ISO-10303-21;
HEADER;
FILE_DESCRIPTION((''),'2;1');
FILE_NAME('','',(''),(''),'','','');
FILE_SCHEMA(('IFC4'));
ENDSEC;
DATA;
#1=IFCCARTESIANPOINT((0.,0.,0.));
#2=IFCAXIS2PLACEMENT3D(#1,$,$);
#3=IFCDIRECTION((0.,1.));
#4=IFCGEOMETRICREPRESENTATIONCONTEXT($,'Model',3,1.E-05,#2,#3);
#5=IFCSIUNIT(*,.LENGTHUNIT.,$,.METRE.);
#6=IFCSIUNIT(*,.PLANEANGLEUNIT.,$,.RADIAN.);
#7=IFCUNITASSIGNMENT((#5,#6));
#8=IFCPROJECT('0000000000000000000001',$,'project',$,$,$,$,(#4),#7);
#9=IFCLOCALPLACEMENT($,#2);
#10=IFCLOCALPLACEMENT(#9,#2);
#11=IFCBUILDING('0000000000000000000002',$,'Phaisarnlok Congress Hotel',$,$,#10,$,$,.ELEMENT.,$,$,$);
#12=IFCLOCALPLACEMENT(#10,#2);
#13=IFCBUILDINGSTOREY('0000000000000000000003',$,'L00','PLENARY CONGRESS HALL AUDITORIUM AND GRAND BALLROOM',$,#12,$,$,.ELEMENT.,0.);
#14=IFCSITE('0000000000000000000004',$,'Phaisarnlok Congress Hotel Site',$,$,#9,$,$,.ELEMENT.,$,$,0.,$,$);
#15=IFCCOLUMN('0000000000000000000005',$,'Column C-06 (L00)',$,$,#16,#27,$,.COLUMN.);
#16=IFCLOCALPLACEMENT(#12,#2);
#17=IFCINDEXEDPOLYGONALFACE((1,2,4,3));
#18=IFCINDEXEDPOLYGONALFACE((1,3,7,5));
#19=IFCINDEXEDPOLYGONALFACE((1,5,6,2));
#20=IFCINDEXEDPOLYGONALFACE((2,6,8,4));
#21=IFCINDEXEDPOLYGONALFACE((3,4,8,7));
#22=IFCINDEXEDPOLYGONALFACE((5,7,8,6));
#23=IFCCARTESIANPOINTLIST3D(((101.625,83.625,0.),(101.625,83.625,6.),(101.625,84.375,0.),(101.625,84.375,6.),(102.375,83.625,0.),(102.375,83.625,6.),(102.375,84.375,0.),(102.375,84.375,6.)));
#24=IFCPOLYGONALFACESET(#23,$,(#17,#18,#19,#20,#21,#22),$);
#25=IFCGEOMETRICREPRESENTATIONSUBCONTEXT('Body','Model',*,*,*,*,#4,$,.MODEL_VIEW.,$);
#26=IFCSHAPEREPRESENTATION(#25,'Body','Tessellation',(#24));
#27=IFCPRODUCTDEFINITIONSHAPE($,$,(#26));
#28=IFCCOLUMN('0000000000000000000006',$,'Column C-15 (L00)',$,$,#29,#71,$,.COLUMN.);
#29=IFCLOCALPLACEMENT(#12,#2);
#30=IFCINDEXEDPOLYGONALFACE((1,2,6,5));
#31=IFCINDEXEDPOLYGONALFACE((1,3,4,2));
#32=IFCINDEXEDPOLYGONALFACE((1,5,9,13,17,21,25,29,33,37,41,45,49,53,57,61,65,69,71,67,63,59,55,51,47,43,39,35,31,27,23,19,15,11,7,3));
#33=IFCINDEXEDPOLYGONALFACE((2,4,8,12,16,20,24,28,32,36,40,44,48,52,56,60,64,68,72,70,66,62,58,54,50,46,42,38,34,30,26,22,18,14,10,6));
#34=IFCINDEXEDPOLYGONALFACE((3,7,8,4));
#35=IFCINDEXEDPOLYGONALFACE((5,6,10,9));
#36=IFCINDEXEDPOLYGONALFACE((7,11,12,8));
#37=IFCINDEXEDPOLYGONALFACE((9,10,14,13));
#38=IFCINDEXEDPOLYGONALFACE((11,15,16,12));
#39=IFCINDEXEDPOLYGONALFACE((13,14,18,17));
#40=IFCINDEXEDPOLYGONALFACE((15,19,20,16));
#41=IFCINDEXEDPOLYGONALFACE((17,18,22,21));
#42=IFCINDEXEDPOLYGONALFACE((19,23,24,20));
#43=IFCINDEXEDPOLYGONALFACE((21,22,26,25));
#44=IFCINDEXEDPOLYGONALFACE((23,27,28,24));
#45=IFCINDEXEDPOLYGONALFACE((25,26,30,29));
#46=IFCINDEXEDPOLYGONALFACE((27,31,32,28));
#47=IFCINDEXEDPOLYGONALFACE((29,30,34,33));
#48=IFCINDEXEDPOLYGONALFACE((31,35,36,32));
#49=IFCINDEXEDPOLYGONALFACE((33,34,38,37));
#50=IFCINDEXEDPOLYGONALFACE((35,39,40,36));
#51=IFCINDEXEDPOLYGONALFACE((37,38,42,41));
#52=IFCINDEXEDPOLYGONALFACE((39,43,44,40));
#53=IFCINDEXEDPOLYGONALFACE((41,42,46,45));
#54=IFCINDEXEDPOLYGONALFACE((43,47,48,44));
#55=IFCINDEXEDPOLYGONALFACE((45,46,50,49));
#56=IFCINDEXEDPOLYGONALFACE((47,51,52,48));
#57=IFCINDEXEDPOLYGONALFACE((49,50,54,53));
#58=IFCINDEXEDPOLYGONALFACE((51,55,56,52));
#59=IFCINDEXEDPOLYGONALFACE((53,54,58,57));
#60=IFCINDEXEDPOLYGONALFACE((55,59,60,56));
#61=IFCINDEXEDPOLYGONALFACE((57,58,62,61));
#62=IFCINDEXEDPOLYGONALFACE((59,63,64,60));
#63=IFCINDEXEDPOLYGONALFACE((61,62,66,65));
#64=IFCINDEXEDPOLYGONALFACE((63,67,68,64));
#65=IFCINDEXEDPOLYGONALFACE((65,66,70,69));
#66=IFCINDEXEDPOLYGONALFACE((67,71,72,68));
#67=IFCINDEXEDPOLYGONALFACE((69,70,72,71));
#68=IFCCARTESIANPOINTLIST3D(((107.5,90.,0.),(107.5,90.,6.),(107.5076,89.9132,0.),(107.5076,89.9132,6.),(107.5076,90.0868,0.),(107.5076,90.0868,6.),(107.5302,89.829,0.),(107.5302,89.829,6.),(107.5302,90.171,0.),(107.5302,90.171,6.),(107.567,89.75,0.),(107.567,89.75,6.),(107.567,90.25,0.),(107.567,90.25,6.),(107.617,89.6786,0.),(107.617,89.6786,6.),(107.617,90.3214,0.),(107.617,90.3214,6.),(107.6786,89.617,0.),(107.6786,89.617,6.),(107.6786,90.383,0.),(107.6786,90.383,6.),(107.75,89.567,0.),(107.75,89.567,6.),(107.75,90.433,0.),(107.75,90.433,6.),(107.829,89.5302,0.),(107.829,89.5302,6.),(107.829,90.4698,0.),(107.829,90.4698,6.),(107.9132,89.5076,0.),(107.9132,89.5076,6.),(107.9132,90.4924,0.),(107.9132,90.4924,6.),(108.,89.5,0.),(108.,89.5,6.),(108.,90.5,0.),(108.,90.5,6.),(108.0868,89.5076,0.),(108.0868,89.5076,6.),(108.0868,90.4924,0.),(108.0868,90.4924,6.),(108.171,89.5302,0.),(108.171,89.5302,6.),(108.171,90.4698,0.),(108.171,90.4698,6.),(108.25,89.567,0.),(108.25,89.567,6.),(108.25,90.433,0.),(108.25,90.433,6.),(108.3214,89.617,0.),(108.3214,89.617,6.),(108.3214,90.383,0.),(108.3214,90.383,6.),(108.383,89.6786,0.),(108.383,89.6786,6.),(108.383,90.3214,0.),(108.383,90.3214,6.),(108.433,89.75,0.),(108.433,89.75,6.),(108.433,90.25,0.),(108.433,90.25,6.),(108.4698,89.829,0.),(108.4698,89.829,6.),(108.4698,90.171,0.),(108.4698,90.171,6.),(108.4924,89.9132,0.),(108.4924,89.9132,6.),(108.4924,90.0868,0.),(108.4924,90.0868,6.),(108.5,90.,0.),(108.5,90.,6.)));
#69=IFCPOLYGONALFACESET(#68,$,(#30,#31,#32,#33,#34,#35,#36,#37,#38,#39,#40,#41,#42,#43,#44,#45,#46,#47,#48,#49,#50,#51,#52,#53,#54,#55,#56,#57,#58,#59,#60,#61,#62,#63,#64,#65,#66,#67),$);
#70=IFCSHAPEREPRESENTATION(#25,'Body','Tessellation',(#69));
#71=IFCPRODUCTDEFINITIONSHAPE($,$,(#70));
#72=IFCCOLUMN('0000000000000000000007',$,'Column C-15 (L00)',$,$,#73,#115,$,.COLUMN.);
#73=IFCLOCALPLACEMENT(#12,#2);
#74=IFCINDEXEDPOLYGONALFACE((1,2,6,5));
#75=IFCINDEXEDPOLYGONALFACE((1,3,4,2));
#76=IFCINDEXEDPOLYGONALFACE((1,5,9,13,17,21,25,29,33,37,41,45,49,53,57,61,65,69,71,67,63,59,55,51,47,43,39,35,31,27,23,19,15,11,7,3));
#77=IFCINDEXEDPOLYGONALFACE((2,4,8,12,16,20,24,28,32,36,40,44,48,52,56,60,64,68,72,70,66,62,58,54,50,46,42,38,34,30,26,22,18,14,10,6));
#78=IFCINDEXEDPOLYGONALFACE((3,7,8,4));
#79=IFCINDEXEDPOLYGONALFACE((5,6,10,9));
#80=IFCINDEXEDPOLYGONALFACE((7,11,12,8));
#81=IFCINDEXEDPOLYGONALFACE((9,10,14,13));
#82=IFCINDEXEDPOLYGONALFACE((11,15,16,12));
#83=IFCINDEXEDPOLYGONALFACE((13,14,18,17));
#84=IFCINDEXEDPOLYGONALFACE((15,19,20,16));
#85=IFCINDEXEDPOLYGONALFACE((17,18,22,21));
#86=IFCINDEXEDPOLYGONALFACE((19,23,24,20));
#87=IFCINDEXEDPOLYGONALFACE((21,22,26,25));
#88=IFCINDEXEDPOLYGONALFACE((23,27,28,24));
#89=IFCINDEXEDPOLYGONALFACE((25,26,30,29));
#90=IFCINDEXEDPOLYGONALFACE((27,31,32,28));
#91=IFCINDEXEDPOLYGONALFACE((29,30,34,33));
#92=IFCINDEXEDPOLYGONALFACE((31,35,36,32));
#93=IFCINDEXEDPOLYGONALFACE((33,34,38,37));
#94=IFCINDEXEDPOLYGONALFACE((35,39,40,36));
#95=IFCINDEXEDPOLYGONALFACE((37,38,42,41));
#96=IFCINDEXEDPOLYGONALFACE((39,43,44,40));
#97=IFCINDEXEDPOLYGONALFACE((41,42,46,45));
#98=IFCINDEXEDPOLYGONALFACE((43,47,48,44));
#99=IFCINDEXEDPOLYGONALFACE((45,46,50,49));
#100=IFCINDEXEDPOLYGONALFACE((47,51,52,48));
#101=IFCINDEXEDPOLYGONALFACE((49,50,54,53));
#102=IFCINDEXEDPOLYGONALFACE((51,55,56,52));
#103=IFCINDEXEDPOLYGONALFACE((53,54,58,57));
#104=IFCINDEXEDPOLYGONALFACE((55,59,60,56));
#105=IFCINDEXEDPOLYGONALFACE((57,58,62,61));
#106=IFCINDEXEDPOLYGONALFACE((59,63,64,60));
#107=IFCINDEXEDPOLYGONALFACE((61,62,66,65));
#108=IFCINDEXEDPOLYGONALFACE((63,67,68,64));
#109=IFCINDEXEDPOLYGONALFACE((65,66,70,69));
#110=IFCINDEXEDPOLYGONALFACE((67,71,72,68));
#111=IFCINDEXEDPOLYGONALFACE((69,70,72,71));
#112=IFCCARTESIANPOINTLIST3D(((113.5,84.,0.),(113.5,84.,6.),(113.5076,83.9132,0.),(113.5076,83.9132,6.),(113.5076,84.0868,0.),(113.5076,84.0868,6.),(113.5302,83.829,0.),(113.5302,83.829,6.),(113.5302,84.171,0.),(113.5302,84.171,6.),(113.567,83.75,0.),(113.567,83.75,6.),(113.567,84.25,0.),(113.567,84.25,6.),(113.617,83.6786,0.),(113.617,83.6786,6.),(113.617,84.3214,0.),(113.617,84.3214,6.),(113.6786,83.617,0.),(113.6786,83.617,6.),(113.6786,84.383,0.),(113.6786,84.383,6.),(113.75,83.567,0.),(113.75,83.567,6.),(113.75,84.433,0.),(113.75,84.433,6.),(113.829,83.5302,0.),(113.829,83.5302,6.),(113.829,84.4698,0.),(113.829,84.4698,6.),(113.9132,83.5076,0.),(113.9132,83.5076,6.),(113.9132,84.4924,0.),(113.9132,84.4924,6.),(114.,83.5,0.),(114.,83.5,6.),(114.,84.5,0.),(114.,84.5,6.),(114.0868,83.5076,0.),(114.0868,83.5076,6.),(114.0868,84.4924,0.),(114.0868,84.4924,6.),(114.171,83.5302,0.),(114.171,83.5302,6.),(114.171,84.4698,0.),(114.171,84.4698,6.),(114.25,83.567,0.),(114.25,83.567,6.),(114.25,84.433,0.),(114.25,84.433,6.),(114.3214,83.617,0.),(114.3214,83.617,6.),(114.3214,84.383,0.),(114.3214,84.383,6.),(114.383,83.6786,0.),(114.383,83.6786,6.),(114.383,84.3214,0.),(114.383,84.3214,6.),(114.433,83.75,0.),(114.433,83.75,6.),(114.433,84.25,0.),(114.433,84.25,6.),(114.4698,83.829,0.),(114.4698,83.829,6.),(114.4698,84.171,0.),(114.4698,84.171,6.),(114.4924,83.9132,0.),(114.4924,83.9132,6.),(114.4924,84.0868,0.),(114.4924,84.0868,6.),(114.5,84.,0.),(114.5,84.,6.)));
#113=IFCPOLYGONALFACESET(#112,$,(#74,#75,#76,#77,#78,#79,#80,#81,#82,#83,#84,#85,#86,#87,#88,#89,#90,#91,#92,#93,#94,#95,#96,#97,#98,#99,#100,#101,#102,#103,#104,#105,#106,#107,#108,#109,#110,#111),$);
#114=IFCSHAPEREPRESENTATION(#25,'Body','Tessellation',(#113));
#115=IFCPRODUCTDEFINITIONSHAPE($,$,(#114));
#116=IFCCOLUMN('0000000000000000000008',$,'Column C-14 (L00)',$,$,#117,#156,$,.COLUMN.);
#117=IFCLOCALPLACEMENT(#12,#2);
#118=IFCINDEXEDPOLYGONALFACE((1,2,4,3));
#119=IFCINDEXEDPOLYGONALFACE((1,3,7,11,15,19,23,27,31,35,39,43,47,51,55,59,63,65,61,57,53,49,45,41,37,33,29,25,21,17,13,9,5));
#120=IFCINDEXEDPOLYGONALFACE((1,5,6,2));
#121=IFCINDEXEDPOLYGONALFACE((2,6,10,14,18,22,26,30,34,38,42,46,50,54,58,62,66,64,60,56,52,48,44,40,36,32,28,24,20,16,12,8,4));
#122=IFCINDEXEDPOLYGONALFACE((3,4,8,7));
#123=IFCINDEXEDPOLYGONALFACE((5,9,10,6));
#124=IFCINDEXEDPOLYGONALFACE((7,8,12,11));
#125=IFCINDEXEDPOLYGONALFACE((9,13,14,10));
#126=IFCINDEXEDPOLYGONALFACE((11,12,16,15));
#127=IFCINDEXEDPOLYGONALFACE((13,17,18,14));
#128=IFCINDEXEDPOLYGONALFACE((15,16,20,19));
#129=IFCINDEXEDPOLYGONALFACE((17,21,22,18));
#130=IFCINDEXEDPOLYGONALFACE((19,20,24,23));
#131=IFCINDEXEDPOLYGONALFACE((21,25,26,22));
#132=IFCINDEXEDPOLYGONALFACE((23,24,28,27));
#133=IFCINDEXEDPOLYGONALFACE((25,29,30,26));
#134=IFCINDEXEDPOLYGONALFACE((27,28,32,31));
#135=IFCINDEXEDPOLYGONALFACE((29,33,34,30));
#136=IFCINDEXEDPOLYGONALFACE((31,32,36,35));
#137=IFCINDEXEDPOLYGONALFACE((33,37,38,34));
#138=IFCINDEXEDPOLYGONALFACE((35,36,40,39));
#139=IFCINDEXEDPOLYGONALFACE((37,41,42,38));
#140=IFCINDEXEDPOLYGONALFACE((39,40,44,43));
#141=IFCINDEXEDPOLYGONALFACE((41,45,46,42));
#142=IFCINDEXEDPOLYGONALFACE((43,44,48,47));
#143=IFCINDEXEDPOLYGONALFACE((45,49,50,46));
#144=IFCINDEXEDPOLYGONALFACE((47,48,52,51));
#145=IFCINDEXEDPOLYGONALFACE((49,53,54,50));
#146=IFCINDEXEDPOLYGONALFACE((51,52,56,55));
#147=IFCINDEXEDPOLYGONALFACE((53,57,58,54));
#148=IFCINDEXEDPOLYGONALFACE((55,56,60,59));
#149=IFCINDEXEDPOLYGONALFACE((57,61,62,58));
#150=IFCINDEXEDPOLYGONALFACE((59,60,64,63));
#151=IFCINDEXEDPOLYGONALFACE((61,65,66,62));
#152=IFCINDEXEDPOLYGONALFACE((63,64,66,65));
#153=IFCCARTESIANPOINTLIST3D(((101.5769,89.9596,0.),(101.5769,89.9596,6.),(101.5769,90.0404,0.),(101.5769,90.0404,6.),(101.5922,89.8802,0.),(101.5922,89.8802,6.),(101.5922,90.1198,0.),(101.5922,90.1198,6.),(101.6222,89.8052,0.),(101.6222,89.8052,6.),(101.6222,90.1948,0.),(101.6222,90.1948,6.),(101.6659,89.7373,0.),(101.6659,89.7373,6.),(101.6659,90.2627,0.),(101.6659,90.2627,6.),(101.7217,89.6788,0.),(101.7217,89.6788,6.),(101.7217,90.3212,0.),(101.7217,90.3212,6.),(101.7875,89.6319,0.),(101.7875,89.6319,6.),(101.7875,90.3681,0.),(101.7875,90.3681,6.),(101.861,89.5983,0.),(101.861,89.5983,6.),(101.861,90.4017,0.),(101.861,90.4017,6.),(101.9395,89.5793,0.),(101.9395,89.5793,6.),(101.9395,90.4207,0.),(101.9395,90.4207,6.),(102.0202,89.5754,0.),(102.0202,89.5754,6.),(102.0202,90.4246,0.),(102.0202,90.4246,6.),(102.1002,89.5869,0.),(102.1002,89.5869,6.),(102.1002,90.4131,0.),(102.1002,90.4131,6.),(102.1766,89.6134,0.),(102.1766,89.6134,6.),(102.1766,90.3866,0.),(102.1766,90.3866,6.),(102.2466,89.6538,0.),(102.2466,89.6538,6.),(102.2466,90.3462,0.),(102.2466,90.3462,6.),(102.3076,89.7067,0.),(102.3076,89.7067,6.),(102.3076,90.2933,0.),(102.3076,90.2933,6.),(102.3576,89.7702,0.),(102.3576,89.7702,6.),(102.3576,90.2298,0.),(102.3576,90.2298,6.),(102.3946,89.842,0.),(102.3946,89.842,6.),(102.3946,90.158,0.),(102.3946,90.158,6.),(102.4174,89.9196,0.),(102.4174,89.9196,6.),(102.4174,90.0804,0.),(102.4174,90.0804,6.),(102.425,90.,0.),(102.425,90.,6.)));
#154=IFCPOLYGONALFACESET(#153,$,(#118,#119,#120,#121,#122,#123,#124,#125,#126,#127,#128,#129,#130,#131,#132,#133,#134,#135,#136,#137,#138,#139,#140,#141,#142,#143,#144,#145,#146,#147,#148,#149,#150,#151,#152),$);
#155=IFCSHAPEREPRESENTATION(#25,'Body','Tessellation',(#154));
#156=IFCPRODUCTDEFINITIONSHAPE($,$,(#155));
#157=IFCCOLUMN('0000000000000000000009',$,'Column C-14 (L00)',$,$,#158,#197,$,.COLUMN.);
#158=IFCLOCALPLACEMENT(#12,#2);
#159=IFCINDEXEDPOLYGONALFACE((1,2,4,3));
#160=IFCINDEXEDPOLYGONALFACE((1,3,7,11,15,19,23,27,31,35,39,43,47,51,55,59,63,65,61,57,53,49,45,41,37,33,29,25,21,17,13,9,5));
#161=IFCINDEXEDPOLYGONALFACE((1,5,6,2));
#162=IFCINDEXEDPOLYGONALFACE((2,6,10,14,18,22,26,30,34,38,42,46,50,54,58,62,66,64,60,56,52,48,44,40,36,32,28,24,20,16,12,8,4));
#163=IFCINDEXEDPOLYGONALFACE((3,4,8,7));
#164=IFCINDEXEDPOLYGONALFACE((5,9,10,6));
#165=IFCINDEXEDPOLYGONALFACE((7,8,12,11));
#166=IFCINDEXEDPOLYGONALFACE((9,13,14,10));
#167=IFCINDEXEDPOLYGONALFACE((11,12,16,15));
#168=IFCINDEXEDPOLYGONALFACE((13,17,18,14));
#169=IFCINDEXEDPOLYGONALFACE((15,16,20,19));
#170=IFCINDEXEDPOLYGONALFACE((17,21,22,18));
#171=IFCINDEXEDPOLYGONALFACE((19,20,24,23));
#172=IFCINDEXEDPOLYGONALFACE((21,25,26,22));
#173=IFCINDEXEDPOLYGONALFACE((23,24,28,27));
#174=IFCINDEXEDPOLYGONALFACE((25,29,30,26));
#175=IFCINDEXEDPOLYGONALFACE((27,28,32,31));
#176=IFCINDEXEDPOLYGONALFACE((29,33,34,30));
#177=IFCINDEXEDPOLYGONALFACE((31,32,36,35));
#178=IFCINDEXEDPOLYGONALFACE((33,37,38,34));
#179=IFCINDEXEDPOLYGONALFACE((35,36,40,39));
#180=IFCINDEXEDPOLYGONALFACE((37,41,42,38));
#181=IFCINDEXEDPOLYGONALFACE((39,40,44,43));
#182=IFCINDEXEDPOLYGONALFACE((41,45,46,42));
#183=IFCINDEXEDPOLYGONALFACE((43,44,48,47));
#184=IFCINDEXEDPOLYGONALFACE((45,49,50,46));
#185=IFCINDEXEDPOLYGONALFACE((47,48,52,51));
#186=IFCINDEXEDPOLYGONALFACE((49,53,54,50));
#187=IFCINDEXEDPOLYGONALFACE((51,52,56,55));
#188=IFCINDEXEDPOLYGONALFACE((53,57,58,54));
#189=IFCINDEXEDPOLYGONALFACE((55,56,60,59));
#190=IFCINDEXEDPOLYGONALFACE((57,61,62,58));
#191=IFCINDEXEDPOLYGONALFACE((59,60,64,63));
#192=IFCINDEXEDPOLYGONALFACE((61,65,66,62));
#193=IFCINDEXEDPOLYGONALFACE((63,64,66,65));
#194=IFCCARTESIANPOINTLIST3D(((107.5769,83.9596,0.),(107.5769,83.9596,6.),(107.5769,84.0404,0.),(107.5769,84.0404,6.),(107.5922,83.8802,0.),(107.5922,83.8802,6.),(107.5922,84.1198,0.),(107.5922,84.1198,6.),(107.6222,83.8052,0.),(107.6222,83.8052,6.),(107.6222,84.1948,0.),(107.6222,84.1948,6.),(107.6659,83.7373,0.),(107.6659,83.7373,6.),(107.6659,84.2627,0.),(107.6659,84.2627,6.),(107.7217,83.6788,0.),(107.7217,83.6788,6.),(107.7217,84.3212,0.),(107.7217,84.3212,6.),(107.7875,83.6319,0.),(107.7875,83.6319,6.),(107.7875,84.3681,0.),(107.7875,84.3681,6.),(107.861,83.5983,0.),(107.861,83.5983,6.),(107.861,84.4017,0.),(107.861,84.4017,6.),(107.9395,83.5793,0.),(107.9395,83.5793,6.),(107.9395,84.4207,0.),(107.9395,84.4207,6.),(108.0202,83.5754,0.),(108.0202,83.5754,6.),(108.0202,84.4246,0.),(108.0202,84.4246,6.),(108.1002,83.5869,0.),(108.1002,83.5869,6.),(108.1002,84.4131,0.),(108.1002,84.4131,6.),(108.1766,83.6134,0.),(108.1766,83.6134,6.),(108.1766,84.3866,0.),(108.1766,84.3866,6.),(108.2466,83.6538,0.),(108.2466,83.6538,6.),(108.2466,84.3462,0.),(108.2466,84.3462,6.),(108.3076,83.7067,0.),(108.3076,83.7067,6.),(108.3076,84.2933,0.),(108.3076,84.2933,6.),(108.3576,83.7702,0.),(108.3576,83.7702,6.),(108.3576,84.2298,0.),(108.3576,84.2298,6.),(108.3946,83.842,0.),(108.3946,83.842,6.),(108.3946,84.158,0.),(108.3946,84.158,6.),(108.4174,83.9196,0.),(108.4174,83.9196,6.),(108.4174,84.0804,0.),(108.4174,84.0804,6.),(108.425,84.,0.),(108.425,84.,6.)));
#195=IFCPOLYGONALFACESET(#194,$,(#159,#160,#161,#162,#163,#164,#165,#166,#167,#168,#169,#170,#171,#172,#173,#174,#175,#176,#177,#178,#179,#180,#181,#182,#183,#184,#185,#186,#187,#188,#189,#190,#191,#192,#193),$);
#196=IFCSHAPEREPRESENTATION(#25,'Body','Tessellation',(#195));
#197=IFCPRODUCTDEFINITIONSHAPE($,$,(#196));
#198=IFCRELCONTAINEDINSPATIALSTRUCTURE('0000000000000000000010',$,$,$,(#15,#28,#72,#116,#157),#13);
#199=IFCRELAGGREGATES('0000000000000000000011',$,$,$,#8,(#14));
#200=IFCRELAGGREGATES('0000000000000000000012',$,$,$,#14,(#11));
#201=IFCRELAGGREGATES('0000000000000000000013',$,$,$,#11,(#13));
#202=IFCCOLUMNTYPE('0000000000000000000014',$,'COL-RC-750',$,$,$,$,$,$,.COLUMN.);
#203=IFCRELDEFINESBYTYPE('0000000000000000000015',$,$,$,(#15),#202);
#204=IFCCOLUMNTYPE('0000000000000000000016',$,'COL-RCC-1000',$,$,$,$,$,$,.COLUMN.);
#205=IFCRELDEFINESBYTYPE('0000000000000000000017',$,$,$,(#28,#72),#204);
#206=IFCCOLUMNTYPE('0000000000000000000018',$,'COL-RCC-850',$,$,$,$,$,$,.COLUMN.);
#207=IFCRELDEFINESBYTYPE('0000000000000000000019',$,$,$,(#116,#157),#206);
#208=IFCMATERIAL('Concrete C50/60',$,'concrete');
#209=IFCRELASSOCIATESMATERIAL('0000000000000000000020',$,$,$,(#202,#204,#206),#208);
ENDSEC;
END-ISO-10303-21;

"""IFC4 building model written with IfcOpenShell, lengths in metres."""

from ifc_helpers import new_model, si_unit, direction, frame, origin, origin_2d, place, context, subcontext, project, spatial, rectangle, circle, extrude, material, material_profile, profile_set, type_object, element, save


model = new_model("IFC4")

# Units and contexts
model_context = context("Model", 3, precision=1e-05, world=origin(), true_north=direction((0.0, 1.0)))
body_context = subcontext(model_context, "Body", "Model", "MODEL_VIEW")
ifc_project = project(units=[si_unit("LENGTHUNIT", "METRE"), si_unit("PLANEANGLEUNIT", "RADIAN")], contexts=[model_context])

# Site, building, storey
site_placement = place(None, origin())
site = spatial("IfcSite", under=ifc_project, at=site_placement, Name="Phaisarnlok Congress Hotel Site", CompositionType="ELEMENT", RefElevation=0.0)
building_placement = place(site_placement, origin())
building = spatial("IfcBuilding", under=site, at=building_placement, Name="Phaisarnlok Congress Hotel", CompositionType="ELEMENT")
storey_placement = place(building_placement, origin())
storey = spatial("IfcBuildingStorey", under=building, at=storey_placement, Name="L00", Description="PLENARY CONGRESS HALL AUDITORIUM AND GRAND BALLROOM", CompositionType="ELEMENT", Elevation=0.0)

# Columns
ifc_material_1 = material(Name="Concrete C50/60", Category="concrete")
ifc_material_profile_1 = material_profile(ifc_material_1, rectangle(XDim=0.75, YDim=0.75, at=origin_2d()), Name="RC 750x750")
ifc_profile_set_1 = profile_set([ifc_material_profile_1], Name="Concrete C50/60")
column_type_1 = type_object("IfcColumnType", Name="COL-RC-750", PredefinedType="COLUMN", material=ifc_profile_set_1)
column_1_placement = place(storey_placement, frame((102.0, 84.0, 0.0), z_axis=(0.0, 0.0, 1.0), x_axis=(1.0, 0.0, 0.0)))
element("IfcColumn", 1, at=column_1_placement, inside=storey, type_object=column_type_1, Name="Column C-06 (L00)", PredefinedType="COLUMN", context=body_context, shape_type="SweptSolid", body=[
    extrude(rectangle(XDim=0.75, YDim=0.75, at=origin_2d()), origin(), (0.0, 0.0, 1.0), 6.0),
])
ifc_material_profile_2 = material_profile(ifc_material_1, circle(Radius=0.5, at=origin_2d()), Name="RCC D1000")
ifc_profile_set_2 = profile_set([ifc_material_profile_2], Name="Concrete C50/60")
column_type_2 = type_object("IfcColumnType", Name="COL-RCC-1000", PredefinedType="COLUMN", material=ifc_profile_set_2)
for number, where, z_axis, x_axis, name in (
    (2, (108.0, 90.0, 0.0), (0.0, 0.0, 1.0), (1.0, 0.0, 0.0), "Column C-15 (L00)"),
    (3, (114.0, 84.0, 0.0), (0.0, 0.0, 1.0), (1.0, 0.0, 0.0), "Column C-15 (L00)"),
):
    element("IfcColumn", number, at=place(storey_placement, frame(where, z_axis=z_axis, x_axis=x_axis)), inside=storey, type_object=column_type_2, Name=name, PredefinedType="COLUMN", context=body_context, shape_type="SweptSolid", body=[
        extrude(circle(Radius=0.5, at=origin_2d()), origin(), (0.0, 0.0, 1.0), 6.0),
    ])
ifc_material_profile_3 = material_profile(ifc_material_1, circle(Radius=0.425, at=origin_2d()), Name="RCC D850")
ifc_profile_set_3 = profile_set([ifc_material_profile_3], Name="Concrete C50/60")
column_type_3 = type_object("IfcColumnType", Name="COL-RCC-850", PredefinedType="COLUMN", material=ifc_profile_set_3)
for number, where, z_axis, x_axis, name in (
    (4, (102.0, 90.0, 0.0), (0.0, 0.0, 1.0), (1.0, 0.0, 0.0), "Column C-14 (L00)"),
    (5, (108.0, 84.0, 0.0), (0.0, 0.0, 1.0), (1.0, 0.0, 0.0), "Column C-14 (L00)"),
):
    element("IfcColumn", number, at=place(storey_placement, frame(where, z_axis=z_axis, x_axis=x_axis)), inside=storey, type_object=column_type_3, Name=name, PredefinedType="COLUMN", context=body_context, shape_type="SweptSolid", body=[
        extrude(circle(Radius=0.425, at=origin_2d()), origin(), (0.0, 0.0, 1.0), 6.0),
    ])

save(model, "model.ifc")
